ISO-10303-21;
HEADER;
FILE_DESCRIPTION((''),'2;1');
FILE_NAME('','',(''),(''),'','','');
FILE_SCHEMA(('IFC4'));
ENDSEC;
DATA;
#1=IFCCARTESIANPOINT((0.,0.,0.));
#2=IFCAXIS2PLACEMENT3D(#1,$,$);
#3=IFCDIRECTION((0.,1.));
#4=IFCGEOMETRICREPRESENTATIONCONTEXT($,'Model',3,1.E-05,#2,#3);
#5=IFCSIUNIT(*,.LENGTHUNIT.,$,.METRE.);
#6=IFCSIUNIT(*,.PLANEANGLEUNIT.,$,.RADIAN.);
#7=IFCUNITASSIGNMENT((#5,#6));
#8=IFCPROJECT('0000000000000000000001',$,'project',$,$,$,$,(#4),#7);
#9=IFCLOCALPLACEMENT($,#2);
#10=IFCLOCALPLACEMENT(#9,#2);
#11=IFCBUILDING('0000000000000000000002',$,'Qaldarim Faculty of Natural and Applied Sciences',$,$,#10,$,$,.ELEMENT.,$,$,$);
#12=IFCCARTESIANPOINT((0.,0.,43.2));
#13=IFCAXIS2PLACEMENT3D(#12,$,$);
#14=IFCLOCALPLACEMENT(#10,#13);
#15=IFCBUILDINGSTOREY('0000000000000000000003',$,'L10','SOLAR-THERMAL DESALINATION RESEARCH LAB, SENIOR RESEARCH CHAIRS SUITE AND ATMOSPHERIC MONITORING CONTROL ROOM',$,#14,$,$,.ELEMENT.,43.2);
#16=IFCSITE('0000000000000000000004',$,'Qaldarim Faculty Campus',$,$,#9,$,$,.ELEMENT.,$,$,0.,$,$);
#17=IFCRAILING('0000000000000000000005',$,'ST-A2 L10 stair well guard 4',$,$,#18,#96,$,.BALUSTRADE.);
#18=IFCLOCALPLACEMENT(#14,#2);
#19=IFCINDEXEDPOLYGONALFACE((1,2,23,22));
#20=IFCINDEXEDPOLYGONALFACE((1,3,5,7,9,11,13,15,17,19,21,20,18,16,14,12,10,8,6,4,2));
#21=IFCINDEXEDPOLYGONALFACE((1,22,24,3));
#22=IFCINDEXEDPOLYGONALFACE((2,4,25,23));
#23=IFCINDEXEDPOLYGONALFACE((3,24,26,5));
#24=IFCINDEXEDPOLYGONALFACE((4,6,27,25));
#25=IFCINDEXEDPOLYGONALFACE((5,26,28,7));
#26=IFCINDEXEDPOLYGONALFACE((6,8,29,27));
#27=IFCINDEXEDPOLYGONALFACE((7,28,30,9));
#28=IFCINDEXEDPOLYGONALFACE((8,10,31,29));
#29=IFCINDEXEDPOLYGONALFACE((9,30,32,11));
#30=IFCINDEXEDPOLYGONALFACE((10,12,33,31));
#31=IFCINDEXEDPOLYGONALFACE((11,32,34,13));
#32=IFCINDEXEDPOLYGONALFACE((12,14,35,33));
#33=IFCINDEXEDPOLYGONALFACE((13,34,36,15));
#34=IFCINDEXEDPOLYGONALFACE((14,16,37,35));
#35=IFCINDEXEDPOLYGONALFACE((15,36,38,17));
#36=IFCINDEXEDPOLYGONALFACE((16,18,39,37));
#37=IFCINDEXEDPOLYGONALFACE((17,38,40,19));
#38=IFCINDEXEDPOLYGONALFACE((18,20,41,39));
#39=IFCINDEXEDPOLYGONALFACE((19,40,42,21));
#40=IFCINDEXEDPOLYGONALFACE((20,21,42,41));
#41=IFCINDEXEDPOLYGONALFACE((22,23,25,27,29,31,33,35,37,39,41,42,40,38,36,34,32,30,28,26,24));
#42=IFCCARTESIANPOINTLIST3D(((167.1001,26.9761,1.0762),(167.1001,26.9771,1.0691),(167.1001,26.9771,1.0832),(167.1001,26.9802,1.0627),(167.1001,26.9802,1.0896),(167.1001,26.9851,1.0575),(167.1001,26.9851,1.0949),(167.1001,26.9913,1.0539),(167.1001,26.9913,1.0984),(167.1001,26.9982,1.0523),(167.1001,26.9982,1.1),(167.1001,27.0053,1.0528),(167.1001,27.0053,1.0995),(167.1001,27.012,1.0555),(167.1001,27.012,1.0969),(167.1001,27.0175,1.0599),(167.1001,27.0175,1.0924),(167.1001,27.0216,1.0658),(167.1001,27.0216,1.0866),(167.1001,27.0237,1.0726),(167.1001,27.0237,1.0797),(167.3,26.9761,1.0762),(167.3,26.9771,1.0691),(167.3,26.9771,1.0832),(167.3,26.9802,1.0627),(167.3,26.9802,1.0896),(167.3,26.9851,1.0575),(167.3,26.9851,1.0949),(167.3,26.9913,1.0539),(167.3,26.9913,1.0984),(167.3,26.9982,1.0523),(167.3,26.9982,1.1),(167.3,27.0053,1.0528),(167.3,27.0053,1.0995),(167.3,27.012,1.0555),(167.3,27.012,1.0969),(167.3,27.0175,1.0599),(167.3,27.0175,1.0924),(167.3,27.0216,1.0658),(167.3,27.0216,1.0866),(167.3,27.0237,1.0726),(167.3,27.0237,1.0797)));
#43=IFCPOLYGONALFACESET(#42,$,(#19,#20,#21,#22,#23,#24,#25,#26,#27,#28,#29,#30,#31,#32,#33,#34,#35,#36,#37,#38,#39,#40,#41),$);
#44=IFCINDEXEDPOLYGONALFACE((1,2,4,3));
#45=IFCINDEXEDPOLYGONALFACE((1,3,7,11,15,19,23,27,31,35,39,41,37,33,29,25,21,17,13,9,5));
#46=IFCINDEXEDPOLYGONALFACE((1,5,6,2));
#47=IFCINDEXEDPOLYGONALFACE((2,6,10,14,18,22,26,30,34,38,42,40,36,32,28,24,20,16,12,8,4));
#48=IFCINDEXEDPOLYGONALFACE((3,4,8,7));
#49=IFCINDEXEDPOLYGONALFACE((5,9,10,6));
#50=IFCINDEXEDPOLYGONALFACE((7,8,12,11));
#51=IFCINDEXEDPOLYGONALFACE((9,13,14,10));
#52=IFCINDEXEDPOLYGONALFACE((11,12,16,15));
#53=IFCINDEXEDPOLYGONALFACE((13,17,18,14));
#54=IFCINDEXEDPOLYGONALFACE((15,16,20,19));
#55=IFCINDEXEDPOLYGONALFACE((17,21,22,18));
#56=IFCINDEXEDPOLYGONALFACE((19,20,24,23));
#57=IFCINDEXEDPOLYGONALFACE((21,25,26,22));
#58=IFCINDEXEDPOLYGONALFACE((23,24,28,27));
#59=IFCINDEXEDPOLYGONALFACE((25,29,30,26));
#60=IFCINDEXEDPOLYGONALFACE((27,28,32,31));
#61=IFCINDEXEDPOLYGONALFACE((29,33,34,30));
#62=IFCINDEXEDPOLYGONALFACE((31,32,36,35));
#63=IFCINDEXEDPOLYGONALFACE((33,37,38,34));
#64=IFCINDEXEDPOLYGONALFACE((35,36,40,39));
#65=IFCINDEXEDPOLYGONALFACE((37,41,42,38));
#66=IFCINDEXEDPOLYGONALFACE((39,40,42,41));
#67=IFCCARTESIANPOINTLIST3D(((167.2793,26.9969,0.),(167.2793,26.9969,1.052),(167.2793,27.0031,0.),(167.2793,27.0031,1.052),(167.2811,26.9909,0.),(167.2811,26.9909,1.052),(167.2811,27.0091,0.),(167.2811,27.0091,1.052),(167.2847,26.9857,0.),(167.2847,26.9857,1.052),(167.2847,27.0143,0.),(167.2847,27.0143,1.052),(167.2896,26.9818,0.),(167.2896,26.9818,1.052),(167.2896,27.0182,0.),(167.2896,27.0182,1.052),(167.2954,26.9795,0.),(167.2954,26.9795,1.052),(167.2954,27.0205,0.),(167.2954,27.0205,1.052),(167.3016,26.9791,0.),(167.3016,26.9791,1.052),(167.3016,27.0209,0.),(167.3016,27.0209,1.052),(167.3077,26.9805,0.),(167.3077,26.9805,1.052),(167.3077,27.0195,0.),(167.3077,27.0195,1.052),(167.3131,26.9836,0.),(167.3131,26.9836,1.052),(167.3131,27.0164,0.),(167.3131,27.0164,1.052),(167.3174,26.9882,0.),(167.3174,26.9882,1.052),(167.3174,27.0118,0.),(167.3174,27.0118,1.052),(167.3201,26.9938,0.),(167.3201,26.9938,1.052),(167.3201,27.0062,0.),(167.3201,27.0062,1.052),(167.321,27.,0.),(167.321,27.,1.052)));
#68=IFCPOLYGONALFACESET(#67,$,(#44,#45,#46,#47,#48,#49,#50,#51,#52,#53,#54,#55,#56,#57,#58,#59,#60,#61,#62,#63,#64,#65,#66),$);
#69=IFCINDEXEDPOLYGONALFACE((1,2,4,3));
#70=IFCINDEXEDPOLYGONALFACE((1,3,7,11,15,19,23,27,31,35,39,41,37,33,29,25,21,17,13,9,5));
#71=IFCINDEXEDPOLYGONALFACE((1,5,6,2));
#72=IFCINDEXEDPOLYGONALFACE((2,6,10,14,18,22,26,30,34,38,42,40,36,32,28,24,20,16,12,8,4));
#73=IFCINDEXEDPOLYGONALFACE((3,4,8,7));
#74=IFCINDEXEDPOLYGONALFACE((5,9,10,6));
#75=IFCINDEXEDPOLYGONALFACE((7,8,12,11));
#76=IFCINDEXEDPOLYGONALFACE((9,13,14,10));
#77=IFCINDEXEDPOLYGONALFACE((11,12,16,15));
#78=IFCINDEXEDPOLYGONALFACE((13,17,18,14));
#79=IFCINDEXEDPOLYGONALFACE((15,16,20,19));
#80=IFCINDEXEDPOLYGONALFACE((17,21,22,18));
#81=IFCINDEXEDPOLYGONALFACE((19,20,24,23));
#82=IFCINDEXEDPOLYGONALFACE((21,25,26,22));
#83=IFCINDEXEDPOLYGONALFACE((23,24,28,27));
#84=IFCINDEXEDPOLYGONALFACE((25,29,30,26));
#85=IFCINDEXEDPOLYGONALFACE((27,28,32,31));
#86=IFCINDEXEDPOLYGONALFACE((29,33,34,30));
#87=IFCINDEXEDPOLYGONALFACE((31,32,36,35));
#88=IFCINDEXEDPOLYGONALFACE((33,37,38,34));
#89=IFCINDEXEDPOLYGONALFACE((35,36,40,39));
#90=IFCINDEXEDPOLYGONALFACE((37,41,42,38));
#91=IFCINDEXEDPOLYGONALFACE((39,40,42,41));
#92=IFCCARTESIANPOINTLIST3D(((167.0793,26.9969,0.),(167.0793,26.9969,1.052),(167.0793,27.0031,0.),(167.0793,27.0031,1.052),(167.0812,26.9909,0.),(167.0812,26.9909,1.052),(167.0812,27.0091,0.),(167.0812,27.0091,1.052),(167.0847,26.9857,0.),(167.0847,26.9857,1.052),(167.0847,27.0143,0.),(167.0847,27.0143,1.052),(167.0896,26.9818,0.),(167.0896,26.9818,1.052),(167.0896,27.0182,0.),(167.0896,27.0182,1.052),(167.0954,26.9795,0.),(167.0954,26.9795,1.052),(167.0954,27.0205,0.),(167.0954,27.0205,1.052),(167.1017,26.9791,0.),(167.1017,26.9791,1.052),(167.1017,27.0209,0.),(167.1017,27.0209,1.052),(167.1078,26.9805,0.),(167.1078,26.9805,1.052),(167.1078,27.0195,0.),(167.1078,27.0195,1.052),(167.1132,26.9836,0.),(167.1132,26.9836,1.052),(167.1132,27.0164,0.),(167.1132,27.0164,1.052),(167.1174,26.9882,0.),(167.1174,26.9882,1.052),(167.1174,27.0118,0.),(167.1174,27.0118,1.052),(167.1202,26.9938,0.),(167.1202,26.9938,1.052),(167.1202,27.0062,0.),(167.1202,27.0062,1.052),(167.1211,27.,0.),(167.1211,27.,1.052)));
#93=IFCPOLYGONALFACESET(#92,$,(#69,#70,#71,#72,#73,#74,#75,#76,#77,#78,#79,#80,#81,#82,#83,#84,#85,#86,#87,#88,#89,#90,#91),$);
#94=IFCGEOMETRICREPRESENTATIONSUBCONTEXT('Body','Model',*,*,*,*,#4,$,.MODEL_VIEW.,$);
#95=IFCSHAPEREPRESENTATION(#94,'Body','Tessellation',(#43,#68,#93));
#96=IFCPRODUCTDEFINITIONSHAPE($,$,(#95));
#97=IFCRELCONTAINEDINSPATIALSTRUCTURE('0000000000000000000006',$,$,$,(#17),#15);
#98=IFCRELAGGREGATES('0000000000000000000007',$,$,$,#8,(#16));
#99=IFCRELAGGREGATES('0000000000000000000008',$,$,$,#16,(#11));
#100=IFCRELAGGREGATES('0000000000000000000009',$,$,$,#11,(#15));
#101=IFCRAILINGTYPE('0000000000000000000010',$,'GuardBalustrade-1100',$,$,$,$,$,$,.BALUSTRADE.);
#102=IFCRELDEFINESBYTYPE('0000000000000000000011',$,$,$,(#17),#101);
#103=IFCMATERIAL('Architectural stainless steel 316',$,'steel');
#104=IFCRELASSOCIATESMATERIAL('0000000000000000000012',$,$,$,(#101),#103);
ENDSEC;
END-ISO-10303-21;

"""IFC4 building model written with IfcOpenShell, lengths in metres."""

from ifc_helpers import new_model, si_unit, direction, frame, origin, origin_2d, place, context, subcontext, project, spatial, circle, extrude, material, type_object, element, save


model = new_model("IFC4")

# Units and contexts
model_context = context("Model", 3, precision=1e-05, world=origin(), true_north=direction((0.0, 1.0)))
body_context = subcontext(model_context, "Body", "Model", "MODEL_VIEW")
ifc_project = project(units=[si_unit("LENGTHUNIT", "METRE"), si_unit("PLANEANGLEUNIT", "RADIAN")], contexts=[model_context])

# Site, building, storey
site_placement = place(None, origin())
site = spatial("IfcSite", under=ifc_project, at=site_placement, Name="Qaldarim Faculty Campus", CompositionType="ELEMENT", RefElevation=0.0)
building_placement = place(site_placement, origin())
building = spatial("IfcBuilding", under=site, at=building_placement, Name="Qaldarim Faculty of Natural and Applied Sciences", CompositionType="ELEMENT")
storey_placement = place(building_placement, frame((0.0, 0.0, 43.2)))
storey = spatial("IfcBuildingStorey", under=building, at=storey_placement, Name="L10", Description="SOLAR-THERMAL DESALINATION RESEARCH LAB, SENIOR RESEARCH CHAIRS SUITE AND ATMOSPHERIC MONITORING CONTROL ROOM", CompositionType="ELEMENT", Elevation=43.2)

# Shared definitions
ifc_material_1 = material(Name="Architectural stainless steel 316", Category="steel")

# Railing
railing_type_1 = type_object("IfcRailingType", Name="GuardBalustrade-1100", PredefinedType="BALUSTRADE", material=ifc_material_1)
railing_1_placement = place(storey_placement, frame((167.3, 27.0, 0.0)))
element("IfcRailing", 1, at=railing_1_placement, inside=storey, type_object=railing_type_1, Name="ST-A2 L10 stair well guard 4", PredefinedType="BALUSTRADE", context=body_context, shape_type="SweptSolid", body=[
    extrude(circle(Radius=0.0239, at=origin_2d()), frame((0.0, 0.0, 1.0762), z_axis=(-1.0, 0.0, 0.0), x_axis=(0.0, -1.0, 0.0)), (0.0, 0.0, 1.0), 0.2),
    extrude(circle(Radius=0.021, at=origin_2d()), origin(), (0.0, 0.0, 1.0), 1.052),
    extrude(circle(Radius=0.021, at=origin_2d()), frame((-0.2, 0.0, 0.0)), (0.0, 0.0, 1.0), 1.052),
])

save(model, "model.ifc")
